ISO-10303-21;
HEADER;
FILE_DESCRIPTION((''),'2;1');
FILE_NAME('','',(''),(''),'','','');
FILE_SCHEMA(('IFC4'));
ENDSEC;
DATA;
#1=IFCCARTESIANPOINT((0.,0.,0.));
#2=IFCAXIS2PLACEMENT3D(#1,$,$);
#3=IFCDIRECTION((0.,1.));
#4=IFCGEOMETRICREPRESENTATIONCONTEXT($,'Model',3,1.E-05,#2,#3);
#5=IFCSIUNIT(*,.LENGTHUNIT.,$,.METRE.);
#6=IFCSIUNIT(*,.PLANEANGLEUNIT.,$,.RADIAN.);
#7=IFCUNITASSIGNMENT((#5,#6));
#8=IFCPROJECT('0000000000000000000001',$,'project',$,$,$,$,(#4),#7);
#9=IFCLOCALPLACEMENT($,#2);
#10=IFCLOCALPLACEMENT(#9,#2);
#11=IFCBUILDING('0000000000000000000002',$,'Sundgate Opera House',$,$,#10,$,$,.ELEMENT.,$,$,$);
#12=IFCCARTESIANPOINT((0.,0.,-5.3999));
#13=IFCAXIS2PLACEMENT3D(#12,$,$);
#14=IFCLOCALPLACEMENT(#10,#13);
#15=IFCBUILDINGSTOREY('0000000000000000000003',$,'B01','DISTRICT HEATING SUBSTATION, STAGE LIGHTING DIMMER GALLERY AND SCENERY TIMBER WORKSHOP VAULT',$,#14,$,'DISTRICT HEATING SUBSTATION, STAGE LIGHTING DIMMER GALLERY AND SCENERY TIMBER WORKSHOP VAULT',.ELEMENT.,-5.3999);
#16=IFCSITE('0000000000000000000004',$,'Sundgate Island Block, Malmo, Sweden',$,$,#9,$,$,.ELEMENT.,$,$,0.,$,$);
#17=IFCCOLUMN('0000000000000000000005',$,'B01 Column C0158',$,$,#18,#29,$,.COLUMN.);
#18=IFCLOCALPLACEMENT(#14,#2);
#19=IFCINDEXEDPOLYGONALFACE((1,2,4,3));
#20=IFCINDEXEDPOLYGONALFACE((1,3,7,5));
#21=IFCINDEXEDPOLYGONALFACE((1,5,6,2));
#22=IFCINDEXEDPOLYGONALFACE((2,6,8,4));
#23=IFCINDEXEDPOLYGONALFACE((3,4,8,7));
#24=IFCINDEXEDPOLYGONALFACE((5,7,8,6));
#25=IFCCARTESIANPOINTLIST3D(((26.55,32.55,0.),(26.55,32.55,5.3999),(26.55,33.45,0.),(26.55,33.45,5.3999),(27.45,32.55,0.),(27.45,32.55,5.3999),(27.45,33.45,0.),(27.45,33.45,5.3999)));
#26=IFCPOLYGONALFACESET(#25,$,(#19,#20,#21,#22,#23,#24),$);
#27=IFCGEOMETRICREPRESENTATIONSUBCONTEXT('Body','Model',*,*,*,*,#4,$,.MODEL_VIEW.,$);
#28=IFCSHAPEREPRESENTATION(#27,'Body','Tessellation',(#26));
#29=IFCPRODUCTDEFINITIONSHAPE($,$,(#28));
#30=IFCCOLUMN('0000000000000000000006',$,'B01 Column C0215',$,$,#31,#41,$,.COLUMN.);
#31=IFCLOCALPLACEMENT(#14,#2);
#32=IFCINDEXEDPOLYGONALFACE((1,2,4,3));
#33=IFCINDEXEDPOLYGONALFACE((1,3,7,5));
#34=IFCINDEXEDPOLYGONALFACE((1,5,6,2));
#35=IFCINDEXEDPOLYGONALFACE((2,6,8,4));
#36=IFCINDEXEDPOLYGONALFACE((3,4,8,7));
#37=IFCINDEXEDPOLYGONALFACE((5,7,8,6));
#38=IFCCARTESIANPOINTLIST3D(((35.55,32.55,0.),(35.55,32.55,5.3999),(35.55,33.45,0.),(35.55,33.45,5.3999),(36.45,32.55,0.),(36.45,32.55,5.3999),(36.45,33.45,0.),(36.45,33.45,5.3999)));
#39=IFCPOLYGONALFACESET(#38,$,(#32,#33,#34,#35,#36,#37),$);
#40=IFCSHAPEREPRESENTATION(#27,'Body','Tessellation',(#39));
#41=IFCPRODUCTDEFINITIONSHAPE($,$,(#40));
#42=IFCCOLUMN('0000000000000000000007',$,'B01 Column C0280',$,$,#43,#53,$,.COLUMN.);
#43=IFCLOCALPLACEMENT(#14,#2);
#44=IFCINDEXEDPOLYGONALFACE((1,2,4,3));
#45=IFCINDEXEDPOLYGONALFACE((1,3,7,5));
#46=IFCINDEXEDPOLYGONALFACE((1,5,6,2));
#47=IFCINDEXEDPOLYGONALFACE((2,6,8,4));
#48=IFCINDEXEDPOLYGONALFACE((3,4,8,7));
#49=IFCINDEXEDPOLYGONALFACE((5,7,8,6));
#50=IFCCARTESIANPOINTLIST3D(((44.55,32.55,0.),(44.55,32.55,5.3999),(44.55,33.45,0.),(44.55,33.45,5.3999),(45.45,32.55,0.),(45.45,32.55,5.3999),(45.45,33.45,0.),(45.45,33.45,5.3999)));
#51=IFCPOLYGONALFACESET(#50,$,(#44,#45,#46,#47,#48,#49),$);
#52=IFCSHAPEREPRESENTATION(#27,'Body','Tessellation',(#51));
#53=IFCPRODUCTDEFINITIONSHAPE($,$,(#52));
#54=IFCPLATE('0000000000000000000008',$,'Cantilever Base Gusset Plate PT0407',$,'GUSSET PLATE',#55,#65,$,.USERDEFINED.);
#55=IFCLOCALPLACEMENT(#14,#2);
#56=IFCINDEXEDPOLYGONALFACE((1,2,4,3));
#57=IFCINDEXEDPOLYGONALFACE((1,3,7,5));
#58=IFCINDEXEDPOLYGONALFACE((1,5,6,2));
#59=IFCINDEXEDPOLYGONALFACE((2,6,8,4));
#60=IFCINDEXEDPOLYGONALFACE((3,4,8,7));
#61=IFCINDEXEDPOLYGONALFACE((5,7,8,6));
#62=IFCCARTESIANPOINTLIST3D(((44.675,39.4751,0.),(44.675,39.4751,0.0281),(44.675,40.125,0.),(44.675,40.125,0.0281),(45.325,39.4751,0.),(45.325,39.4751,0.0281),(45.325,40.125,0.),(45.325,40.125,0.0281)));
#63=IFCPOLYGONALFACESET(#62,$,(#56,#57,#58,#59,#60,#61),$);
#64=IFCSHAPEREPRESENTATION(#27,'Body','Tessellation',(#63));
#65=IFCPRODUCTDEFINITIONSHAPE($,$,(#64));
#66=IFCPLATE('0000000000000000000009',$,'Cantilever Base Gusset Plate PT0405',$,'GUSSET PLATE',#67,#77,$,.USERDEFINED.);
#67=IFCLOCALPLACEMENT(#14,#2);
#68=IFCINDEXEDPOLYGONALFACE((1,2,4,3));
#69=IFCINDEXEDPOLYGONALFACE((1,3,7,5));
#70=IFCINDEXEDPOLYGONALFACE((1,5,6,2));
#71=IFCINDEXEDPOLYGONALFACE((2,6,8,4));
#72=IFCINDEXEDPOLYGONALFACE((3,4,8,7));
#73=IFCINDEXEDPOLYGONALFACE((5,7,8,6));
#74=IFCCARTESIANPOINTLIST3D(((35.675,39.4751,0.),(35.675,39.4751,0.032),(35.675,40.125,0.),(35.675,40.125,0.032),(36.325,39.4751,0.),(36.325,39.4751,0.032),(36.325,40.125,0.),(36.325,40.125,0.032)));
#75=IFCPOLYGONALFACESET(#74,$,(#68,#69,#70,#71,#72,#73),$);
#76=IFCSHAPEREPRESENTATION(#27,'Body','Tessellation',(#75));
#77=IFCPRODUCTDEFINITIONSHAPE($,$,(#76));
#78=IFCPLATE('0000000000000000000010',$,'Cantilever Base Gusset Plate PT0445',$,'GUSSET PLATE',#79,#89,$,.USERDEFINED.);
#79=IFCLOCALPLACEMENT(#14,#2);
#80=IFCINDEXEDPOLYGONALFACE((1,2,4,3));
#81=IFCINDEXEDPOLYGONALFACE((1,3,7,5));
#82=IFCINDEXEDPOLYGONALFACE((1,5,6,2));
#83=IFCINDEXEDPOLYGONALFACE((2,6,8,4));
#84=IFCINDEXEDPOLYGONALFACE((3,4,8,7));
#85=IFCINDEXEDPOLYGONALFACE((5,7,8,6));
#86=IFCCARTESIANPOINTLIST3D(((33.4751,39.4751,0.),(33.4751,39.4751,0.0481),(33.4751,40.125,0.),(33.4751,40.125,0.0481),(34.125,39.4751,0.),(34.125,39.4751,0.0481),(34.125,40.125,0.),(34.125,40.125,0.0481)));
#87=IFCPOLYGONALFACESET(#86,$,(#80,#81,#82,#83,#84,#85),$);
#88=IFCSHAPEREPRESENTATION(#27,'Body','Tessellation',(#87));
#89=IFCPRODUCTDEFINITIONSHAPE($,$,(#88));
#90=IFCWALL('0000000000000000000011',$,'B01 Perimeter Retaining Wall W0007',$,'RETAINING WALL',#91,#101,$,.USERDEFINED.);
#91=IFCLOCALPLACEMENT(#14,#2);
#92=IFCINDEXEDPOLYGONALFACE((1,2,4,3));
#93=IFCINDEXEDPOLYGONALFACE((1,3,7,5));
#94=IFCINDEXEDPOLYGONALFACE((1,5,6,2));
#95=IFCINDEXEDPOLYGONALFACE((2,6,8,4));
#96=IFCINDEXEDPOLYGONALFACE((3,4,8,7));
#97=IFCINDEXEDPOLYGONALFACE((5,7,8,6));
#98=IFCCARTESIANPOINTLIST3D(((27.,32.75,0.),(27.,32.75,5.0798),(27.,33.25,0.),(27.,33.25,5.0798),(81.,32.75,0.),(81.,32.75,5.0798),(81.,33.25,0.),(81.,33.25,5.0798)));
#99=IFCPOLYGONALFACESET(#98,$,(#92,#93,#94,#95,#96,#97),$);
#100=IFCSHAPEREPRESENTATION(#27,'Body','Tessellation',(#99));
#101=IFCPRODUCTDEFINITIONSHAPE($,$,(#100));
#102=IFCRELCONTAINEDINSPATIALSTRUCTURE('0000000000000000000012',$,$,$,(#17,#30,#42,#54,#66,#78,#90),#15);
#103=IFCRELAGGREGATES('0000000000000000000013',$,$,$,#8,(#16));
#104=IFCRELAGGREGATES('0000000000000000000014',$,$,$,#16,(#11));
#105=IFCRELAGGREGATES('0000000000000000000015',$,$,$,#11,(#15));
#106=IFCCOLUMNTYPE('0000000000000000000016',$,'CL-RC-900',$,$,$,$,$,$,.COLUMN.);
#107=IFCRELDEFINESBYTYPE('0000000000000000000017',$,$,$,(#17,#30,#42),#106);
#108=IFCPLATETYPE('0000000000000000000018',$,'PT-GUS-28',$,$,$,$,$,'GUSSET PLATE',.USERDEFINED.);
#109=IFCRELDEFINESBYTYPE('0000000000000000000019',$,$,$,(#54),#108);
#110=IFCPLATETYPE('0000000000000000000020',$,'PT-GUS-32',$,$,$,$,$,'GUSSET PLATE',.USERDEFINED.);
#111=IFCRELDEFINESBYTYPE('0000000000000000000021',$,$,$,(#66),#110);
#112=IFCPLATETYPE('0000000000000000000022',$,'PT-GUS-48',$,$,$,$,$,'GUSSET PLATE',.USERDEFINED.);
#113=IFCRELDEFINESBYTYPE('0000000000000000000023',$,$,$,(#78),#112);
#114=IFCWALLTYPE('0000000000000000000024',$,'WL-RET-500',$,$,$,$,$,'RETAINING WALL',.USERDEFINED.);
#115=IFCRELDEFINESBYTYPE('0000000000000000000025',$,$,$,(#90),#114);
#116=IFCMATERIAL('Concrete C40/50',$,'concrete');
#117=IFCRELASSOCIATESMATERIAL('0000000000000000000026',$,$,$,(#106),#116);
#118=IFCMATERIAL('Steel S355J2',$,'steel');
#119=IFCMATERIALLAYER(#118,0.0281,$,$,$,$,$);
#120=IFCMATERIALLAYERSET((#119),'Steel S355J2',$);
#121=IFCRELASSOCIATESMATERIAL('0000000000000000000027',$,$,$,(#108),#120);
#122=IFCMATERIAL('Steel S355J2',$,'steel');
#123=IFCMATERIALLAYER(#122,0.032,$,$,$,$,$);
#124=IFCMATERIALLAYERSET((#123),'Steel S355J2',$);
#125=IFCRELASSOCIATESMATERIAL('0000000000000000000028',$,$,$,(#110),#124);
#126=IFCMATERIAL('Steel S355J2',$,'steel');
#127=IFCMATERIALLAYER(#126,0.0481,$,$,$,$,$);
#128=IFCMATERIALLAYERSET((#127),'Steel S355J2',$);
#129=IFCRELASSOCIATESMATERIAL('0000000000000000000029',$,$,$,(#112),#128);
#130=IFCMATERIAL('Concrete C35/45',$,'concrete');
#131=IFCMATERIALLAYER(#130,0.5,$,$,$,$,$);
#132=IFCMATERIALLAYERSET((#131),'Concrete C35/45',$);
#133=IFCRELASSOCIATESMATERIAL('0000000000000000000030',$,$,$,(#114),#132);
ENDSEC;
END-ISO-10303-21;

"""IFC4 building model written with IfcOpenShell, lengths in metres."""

from ifc_helpers import new_model, si_unit, direction, frame, frame_2d, origin, origin_2d, place, context, subcontext, project, spatial, rectangle, extrude, material, layer, layer_set, material_profile, profile_set, type_object, element, save


model = new_model("IFC4")

# Units and contexts
model_context = context("Model", 3, precision=1e-05, world=origin(), true_north=direction((0.0, 1.0)))
body_context = subcontext(model_context, "Body", "Model", "MODEL_VIEW")
ifc_project = project(units=[si_unit("LENGTHUNIT", "METRE"), si_unit("PLANEANGLEUNIT", "RADIAN")], contexts=[model_context])

# Site, building, storey
site_placement = place(None, origin())
site = spatial("IfcSite", under=ifc_project, at=site_placement, Name="Sundgate Island Block, Malmo, Sweden", CompositionType="ELEMENT", RefElevation=0.0)
building_placement = place(site_placement, origin())
building = spatial("IfcBuilding", under=site, at=building_placement, Name="Sundgate Opera House", CompositionType="ELEMENT")
storey_placement = place(building_placement, frame((0.0, 0.0, -5.3999)))
storey = spatial("IfcBuildingStorey", under=building, at=storey_placement, Name="B01", Description="DISTRICT HEATING SUBSTATION, STAGE LIGHTING DIMMER GALLERY AND SCENERY TIMBER WORKSHOP VAULT", LongName="DISTRICT HEATING SUBSTATION, STAGE LIGHTING DIMMER GALLERY AND SCENERY TIMBER WORKSHOP VAULT", CompositionType="ELEMENT", Elevation=-5.3999)

# Columns
ifc_material_1 = material(Name="Concrete C40/50", Category="concrete")
ifc_material_profile_1 = material_profile(ifc_material_1, rectangle(XDim=0.8999, YDim=0.8999, at=origin_2d()), Name="RC 900x900")
ifc_profile_set_1 = profile_set([ifc_material_profile_1], Name="Concrete C40/50")
column_type_1 = type_object("IfcColumnType", Name="CL-RC-900", PredefinedType="COLUMN", material=ifc_profile_set_1)
for number, where, z_axis, x_axis, name in (
    (1, (27.0, 33.0, 0.0), (0.0, 0.0, 1.0), (1.0, 0.0, 0.0), "B01 Column C0158"),
    (2, (36.0, 33.0, 0.0), (0.0, 0.0, 1.0), (1.0, 0.0, 0.0), "B01 Column C0215"),
    (3, (45.0, 33.0, 0.0), (0.0, 0.0, 1.0), (1.0, 0.0, 0.0), "B01 Column C0280"),
):
    element("IfcColumn", number, at=place(storey_placement, frame(where, z_axis=z_axis, x_axis=x_axis)), inside=storey, type_object=column_type_1, Name=name, PredefinedType="COLUMN", context=body_context, shape_type="SweptSolid", body=[
        extrude(rectangle(XDim=0.8999, YDim=0.8999, at=origin_2d()), origin(), (0.0, 0.0, 1.0), 5.3999),
    ])

# Plates
ifc_material_2 = material(Name="Steel S355J2", Category="steel")
ifc_layer_1 = layer(ifc_material_2, 0.0281)
ifc_layer_set_1 = layer_set([ifc_layer_1], Name="Steel S355J2")
plate_type_1 = type_object("IfcPlateType", Name="PT-GUS-28", ElementType="GUSSET PLATE", PredefinedType="USERDEFINED", material=ifc_layer_set_1)
plate_1_placement = place(storey_placement, frame((45.0, 39.8, 0.0), z_axis=(0.0, 0.0, 1.0), x_axis=(1.0, 0.0, 0.0)))
element("IfcPlate", 4, at=plate_1_placement, inside=storey, type_object=plate_type_1, Name="Cantilever Base Gusset Plate PT0407", ObjectType="GUSSET PLATE", PredefinedType="USERDEFINED", context=body_context, shape_type="SweptSolid", body=[
    extrude(rectangle(XDim=0.6499, YDim=0.6499, at=origin_2d()), origin(), (0.0, 0.0, 1.0), 0.0281),
])
ifc_material_3 = material(Name="Steel S355J2", Category="steel")
ifc_layer_2 = layer(ifc_material_3, 0.032)
ifc_layer_set_2 = layer_set([ifc_layer_2], Name="Steel S355J2")
plate_type_2 = type_object("IfcPlateType", Name="PT-GUS-32", ElementType="GUSSET PLATE", PredefinedType="USERDEFINED", material=ifc_layer_set_2)
plate_2_placement = place(storey_placement, frame((36.0, 39.8, 0.0), z_axis=(0.0, 0.0, 1.0), x_axis=(1.0, 0.0, 0.0)))
element("IfcPlate", 5, at=plate_2_placement, inside=storey, type_object=plate_type_2, Name="Cantilever Base Gusset Plate PT0405", ObjectType="GUSSET PLATE", PredefinedType="USERDEFINED", context=body_context, shape_type="SweptSolid", body=[
    extrude(rectangle(XDim=0.6499, YDim=0.6499, at=origin_2d()), origin(), (0.0, 0.0, 1.0), 0.032),
])
ifc_material_4 = material(Name="Steel S355J2", Category="steel")
ifc_layer_3 = layer(ifc_material_4, 0.0481)
ifc_layer_set_3 = layer_set([ifc_layer_3], Name="Steel S355J2")
plate_type_3 = type_object("IfcPlateType", Name="PT-GUS-48", ElementType="GUSSET PLATE", PredefinedType="USERDEFINED", material=ifc_layer_set_3)
plate_3_placement = place(storey_placement, frame((33.8, 39.8, 0.0), z_axis=(0.0, 0.0, 1.0), x_axis=(1.0, 0.0, 0.0)))
element("IfcPlate", 6, at=plate_3_placement, inside=storey, type_object=plate_type_3, Name="Cantilever Base Gusset Plate PT0445", ObjectType="GUSSET PLATE", PredefinedType="USERDEFINED", context=body_context, shape_type="SweptSolid", body=[
    extrude(rectangle(XDim=0.6499, YDim=0.6499, at=origin_2d()), origin(), (0.0, 0.0, 1.0), 0.0481),
])

# Wall
ifc_material_5 = material(Name="Concrete C35/45", Category="concrete")
ifc_layer_4 = layer(ifc_material_5, 0.5)
ifc_layer_set_4 = layer_set([ifc_layer_4], Name="Concrete C35/45")
wall_type = type_object("IfcWallType", Name="WL-RET-500", ElementType="RETAINING WALL", PredefinedType="USERDEFINED", material=ifc_layer_set_4)
wall_placement = place(storey_placement, frame((27.0, 33.0, 0.0), z_axis=(0.0, 0.0, 1.0), x_axis=(1.0, 0.0, 0.0)))
element("IfcWall", 7, at=wall_placement, inside=storey, type_object=wall_type, Name="B01 Perimeter Retaining Wall W0007", ObjectType="RETAINING WALL", PredefinedType="USERDEFINED", context=body_context, shape_type="SweptSolid", body=[
    extrude(rectangle(XDim=54.0, YDim=0.5, at=frame_2d((27.0, 0.0))), origin(), (0.0, 0.0, 1.0), 5.0798),
])

save(model, "model.ifc")
